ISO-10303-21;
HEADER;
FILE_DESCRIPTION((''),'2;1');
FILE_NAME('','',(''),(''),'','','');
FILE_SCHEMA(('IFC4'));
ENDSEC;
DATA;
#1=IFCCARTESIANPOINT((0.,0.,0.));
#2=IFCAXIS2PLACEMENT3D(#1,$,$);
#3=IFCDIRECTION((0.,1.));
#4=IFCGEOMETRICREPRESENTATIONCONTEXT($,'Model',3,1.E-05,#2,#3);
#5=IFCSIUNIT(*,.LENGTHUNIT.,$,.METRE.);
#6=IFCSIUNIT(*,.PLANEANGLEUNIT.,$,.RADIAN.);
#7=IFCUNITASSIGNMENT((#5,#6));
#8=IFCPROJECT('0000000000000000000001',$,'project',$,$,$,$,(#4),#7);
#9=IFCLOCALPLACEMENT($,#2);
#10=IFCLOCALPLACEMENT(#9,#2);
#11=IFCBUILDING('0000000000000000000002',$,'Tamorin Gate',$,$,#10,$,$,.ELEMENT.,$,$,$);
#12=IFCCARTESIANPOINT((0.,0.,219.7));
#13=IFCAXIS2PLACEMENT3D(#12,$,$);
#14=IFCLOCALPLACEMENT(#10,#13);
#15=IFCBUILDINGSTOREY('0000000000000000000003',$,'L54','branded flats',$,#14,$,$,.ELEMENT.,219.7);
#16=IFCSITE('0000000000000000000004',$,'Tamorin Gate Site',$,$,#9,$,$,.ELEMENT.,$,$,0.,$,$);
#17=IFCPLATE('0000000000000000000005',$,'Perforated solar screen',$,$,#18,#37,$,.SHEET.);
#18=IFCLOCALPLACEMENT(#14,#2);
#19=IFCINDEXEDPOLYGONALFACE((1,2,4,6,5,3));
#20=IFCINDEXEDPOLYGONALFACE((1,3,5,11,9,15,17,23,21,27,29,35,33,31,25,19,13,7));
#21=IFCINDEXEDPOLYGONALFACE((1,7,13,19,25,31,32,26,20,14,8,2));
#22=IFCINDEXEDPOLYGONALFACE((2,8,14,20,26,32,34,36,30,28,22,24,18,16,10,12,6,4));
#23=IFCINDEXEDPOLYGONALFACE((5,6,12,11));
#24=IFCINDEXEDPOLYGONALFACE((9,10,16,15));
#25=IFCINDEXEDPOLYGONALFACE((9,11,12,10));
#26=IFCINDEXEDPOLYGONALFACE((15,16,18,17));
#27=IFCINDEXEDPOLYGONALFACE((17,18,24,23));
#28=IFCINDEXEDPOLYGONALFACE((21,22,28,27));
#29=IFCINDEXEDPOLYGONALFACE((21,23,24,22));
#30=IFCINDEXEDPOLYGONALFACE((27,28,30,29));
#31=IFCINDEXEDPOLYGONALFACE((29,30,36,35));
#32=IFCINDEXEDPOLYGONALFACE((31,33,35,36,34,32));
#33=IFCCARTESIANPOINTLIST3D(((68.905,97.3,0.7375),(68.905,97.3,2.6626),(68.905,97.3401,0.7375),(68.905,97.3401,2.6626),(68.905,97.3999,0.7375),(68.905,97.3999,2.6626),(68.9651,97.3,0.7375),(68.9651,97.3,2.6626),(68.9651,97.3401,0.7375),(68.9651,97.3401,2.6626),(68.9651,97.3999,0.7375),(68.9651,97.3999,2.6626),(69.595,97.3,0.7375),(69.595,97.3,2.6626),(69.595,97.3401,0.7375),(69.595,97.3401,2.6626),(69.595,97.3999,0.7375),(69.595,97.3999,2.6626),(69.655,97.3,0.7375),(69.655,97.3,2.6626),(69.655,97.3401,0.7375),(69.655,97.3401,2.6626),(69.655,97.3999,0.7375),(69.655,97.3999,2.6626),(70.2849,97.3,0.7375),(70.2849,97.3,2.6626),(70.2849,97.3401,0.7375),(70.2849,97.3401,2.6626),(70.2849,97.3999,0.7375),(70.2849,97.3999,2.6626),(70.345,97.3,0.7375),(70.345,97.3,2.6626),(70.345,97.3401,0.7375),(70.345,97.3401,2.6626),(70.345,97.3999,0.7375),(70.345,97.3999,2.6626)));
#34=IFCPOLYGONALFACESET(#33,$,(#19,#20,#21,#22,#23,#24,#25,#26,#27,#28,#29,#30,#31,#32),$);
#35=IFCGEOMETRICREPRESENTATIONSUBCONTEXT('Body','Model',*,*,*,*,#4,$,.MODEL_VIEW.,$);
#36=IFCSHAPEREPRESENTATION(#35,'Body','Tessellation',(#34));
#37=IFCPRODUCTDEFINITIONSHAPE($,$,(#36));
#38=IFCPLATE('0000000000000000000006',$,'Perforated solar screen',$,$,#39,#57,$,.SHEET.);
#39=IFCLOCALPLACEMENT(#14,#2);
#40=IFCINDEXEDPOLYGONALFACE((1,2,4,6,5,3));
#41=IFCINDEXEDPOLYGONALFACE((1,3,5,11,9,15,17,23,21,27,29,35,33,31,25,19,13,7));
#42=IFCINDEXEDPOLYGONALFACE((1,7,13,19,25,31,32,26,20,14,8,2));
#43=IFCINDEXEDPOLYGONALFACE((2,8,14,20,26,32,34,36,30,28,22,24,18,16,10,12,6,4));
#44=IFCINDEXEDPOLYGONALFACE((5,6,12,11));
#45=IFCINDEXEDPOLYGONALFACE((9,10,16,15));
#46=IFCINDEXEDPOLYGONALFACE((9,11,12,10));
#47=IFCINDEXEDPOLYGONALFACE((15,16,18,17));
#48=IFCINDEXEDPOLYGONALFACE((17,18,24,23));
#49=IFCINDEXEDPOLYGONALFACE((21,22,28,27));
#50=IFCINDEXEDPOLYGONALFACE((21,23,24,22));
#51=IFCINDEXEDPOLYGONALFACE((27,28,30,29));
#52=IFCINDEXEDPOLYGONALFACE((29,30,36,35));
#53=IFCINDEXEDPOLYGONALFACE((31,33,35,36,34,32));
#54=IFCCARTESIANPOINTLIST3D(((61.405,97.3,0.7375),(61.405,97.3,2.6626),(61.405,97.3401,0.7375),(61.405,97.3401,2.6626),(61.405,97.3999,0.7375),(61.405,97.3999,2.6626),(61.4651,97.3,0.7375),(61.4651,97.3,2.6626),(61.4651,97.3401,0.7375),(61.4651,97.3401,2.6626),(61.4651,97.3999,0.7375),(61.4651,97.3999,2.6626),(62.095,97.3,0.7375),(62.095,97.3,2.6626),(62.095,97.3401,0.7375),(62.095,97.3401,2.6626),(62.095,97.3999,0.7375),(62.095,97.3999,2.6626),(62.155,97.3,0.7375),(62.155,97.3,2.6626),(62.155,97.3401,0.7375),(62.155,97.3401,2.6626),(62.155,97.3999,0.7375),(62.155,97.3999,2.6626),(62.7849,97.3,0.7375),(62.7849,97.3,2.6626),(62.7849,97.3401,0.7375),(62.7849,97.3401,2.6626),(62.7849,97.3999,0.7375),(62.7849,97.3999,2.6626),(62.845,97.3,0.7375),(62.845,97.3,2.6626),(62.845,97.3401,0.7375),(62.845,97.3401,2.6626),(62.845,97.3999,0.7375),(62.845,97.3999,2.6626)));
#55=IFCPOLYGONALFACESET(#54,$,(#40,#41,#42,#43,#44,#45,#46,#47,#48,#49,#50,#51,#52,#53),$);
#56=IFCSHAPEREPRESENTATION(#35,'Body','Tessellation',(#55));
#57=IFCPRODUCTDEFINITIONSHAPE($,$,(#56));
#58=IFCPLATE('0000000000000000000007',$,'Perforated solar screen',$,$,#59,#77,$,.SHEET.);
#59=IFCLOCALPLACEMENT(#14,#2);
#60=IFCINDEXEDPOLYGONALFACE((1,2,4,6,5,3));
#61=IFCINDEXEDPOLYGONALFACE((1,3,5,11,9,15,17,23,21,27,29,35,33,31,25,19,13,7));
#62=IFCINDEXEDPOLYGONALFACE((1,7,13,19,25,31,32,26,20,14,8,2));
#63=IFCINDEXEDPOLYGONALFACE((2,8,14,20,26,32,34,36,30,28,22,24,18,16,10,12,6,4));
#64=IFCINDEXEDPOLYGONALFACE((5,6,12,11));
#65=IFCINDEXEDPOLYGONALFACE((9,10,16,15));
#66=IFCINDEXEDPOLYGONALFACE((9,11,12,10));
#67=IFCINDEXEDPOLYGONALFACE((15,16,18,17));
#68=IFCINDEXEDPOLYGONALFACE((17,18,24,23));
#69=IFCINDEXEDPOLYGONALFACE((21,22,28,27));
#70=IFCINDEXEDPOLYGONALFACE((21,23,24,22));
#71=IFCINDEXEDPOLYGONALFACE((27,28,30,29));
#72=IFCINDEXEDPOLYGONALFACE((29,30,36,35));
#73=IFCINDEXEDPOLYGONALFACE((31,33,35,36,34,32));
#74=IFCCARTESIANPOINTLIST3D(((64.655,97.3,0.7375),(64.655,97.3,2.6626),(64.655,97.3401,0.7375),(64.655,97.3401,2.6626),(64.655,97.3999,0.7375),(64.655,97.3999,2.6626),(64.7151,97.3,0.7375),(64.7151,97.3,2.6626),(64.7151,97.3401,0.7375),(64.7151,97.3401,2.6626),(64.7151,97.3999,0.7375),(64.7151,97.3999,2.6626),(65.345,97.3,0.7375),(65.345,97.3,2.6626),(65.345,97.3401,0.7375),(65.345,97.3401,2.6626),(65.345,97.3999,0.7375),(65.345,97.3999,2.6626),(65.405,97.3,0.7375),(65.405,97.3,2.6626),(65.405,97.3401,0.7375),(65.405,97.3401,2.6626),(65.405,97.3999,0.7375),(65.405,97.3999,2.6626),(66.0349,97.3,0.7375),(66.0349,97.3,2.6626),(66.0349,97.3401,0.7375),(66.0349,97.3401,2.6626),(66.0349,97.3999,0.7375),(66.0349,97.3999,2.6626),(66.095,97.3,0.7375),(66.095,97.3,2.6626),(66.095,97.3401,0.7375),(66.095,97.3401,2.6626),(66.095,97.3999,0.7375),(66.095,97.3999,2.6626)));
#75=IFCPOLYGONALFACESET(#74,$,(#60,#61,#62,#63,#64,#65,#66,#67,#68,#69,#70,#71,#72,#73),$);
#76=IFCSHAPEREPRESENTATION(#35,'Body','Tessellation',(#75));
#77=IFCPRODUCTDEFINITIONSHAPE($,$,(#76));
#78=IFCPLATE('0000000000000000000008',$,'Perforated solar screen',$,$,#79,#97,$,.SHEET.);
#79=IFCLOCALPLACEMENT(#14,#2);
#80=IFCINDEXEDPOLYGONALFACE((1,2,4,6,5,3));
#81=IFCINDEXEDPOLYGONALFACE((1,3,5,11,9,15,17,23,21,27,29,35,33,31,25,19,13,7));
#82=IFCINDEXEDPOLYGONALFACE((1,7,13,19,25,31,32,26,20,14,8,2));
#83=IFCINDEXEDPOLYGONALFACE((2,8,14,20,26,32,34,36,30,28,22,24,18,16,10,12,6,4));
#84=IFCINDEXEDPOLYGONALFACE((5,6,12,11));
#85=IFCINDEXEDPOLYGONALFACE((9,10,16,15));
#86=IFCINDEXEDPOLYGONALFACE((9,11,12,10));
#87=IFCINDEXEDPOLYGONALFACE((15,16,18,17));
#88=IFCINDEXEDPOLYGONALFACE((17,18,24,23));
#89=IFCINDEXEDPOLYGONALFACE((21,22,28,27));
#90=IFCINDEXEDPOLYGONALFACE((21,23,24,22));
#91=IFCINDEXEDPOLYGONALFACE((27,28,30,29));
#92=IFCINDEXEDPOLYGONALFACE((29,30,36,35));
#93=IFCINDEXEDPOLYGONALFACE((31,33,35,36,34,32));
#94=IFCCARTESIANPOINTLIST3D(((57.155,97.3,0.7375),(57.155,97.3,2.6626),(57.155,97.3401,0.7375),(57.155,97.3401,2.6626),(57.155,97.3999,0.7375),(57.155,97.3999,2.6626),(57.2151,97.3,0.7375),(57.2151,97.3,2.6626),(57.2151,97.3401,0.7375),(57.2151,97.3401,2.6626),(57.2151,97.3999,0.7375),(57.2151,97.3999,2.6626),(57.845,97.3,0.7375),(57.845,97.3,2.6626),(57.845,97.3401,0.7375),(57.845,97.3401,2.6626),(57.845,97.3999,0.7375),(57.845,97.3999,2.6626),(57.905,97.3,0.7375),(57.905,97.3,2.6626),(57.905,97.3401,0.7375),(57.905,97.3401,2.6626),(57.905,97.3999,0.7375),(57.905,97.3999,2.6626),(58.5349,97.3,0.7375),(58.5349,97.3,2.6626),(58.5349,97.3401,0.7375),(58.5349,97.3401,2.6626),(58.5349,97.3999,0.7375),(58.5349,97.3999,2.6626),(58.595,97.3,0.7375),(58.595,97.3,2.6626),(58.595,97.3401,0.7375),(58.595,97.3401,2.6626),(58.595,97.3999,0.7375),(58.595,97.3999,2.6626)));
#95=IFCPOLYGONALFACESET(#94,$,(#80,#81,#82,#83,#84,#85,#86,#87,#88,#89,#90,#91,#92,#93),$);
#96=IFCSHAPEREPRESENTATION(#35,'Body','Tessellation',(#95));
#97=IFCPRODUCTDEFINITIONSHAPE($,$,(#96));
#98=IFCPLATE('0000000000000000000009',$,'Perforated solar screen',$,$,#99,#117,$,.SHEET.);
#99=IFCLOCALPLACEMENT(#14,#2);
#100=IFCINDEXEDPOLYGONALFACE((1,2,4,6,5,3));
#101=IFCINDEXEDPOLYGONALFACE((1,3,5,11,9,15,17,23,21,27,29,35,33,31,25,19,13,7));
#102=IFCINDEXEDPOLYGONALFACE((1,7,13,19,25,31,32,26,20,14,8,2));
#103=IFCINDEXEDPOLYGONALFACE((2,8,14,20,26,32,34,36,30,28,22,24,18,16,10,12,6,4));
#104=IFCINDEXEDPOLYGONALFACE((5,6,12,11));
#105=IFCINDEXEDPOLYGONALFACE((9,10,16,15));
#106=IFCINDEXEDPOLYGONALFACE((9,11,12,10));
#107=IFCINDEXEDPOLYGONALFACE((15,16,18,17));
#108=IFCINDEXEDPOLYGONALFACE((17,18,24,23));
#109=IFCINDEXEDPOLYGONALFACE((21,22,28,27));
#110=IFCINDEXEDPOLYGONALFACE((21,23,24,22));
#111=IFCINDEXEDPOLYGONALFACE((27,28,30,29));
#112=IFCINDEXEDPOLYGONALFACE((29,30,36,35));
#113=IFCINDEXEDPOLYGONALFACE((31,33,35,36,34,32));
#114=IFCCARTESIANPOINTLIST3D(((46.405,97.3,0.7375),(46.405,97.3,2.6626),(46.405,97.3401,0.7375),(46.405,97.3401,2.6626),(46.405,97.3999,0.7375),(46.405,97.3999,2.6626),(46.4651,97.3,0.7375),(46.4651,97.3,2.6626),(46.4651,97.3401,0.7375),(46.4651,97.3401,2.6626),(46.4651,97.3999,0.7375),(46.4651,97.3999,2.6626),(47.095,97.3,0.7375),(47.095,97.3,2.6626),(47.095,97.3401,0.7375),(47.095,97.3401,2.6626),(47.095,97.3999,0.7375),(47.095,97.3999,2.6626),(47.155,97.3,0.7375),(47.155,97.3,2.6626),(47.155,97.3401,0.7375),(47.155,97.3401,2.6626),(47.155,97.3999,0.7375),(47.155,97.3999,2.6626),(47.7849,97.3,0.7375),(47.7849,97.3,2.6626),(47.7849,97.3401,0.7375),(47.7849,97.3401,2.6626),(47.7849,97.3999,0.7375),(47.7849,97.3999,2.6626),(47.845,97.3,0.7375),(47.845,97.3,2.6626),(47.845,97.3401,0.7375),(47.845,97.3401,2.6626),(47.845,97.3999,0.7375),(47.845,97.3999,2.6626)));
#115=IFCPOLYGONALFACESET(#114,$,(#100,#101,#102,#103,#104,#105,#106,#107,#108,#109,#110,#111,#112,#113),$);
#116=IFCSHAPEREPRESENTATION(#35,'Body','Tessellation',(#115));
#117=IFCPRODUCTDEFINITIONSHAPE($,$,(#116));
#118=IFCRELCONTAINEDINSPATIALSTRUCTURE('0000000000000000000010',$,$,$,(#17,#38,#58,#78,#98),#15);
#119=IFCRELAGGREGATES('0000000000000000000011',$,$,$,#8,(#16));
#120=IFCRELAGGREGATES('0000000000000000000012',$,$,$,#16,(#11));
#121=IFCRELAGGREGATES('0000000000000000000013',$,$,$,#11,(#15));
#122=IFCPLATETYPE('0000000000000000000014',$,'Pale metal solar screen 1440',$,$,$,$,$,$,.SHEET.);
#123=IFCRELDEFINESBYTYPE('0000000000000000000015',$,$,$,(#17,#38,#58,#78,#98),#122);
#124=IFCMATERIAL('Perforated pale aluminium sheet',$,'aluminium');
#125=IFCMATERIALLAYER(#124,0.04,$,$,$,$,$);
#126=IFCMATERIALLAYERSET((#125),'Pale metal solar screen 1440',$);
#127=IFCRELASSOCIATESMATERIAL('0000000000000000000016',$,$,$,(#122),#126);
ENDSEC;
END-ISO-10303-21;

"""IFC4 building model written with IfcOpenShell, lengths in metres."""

from ifc_helpers import new_model, si_unit, direction, frame, origin, place, context, subcontext, project, spatial, polyline, outline, extrude, material, layer, layer_set, type_object, element, save


model = new_model("IFC4")

# Units and contexts
model_context = context("Model", 3, precision=1e-05, world=origin(), true_north=direction((0.0, 1.0)))
body_context = subcontext(model_context, "Body", "Model", "MODEL_VIEW")
ifc_project = project(units=[si_unit("LENGTHUNIT", "METRE"), si_unit("PLANEANGLEUNIT", "RADIAN")], contexts=[model_context])

# Site, building, storey
site_placement = place(None, origin())
site = spatial("IfcSite", under=ifc_project, at=site_placement, Name="Tamorin Gate Site", CompositionType="ELEMENT", RefElevation=0.0)
building_placement = place(site_placement, origin())
building = spatial("IfcBuilding", under=site, at=building_placement, Name="Tamorin Gate", CompositionType="ELEMENT")
storey_placement = place(building_placement, frame((0.0, 0.0, 219.7)))
storey = spatial("IfcBuildingStorey", under=building, at=storey_placement, Name="L54", Description="branded flats", CompositionType="ELEMENT", Elevation=219.7)

# Plates
ifc_material = material(Name="Perforated pale aluminium sheet", Category="aluminium")
ifc_layer = layer(ifc_material, 0.04)
ifc_layer_set = layer_set([ifc_layer], Name="Pale metal solar screen 1440")
plate_type = type_object("IfcPlateType", Name="Pale metal solar screen 1440", PredefinedType="SHEET", material=ifc_layer_set)
plate_1_placement = place(storey_placement, frame((0.0, 0.0, 0.7375)))
element("IfcPlate", 1, at=plate_1_placement, inside=storey, type_object=plate_type, Name="Perforated solar screen", PredefinedType="SHEET", context=body_context, shape_type="SweptSolid", body=[
    extrude(outline(polyline([(70.345, 97.3401), (70.345, 97.3), (70.2849, 97.3), (69.655, 97.3), (69.595, 97.3), (68.9651, 97.3), (68.905, 97.3), (68.905, 97.3), (68.905, 97.3401), (68.905, 97.3401), (68.905, 97.3999), (68.9651, 97.3999), (68.9651, 97.3401), (69.595, 97.3401), (69.595, 97.3999), (69.655, 97.3999), (69.655, 97.3401), (70.2849, 97.3401), (70.2849, 97.3999), (70.345, 97.3999), (70.345, 97.3401)])), origin(), (0.0, 0.0, 1.0), 1.925),
])
plate_2_placement = place(storey_placement, frame((0.0, 0.0, 0.7375)))
element("IfcPlate", 2, at=plate_2_placement, inside=storey, type_object=plate_type, Name="Perforated solar screen", PredefinedType="SHEET", context=body_context, shape_type="SweptSolid", body=[
    extrude(outline(polyline([(62.845, 97.3401), (62.845, 97.3), (62.7849, 97.3), (62.155, 97.3), (62.095, 97.3), (61.4651, 97.3), (61.405, 97.3), (61.405, 97.3401), (61.405, 97.3999), (61.4651, 97.3999), (61.4651, 97.3401), (62.095, 97.3401), (62.095, 97.3999), (62.155, 97.3999), (62.155, 97.3401), (62.7849, 97.3401), (62.7849, 97.3999), (62.845, 97.3999), (62.845, 97.3401)])), origin(), (0.0, 0.0, 1.0), 1.925),
])
plate_3_placement = place(storey_placement, frame((0.0, 0.0, 0.7375)))
element("IfcPlate", 3, at=plate_3_placement, inside=storey, type_object=plate_type, Name="Perforated solar screen", PredefinedType="SHEET", context=body_context, shape_type="SweptSolid", body=[
    extrude(outline(polyline([(66.095, 97.3401), (66.095, 97.3), (66.0349, 97.3), (65.405, 97.3), (65.345, 97.3), (64.7151, 97.3), (64.655, 97.3), (64.655, 97.3401), (64.655, 97.3999), (64.7151, 97.3999), (64.7151, 97.3401), (65.345, 97.3401), (65.345, 97.3999), (65.405, 97.3999), (65.405, 97.3401), (66.0349, 97.3401), (66.0349, 97.3999), (66.095, 97.3999), (66.095, 97.3401)])), origin(), (0.0, 0.0, 1.0), 1.925),
])
plate_4_placement = place(storey_placement, frame((0.0, 0.0, 0.7375)))
element("IfcPlate", 4, at=plate_4_placement, inside=storey, type_object=plate_type, Name="Perforated solar screen", PredefinedType="SHEET", context=body_context, shape_type="SweptSolid", body=[
    extrude(outline(polyline([(58.595, 97.3401), (58.595, 97.3), (58.5349, 97.3), (57.905, 97.3), (57.845, 97.3), (57.2151, 97.3), (57.155, 97.3), (57.155, 97.3401), (57.155, 97.3999), (57.2151, 97.3999), (57.2151, 97.3401), (57.845, 97.3401), (57.845, 97.3999), (57.905, 97.3999), (57.905, 97.3401), (58.5349, 97.3401), (58.5349, 97.3999), (58.595, 97.3999), (58.595, 97.3401)])), origin(), (0.0, 0.0, 1.0), 1.925),
])
plate_5_placement = place(storey_placement, frame((0.0, 0.0, 0.7375)))
element("IfcPlate", 5, at=plate_5_placement, inside=storey, type_object=plate_type, Name="Perforated solar screen", PredefinedType="SHEET", context=body_context, shape_type="SweptSolid", body=[
    extrude(outline(polyline([(47.845, 97.3401), (47.845, 97.3), (47.7849, 97.3), (47.155, 97.3), (47.095, 97.3), (46.4651, 97.3), (46.405, 97.3), (46.405, 97.3401), (46.405, 97.3999), (46.4651, 97.3999), (46.4651, 97.3401), (47.095, 97.3401), (47.095, 97.3999), (47.155, 97.3999), (47.155, 97.3401), (47.7849, 97.3401), (47.7849, 97.3999), (47.845, 97.3999), (47.845, 97.3401)])), origin(), (0.0, 0.0, 1.0), 1.925),
])

save(model, "model.ifc")
